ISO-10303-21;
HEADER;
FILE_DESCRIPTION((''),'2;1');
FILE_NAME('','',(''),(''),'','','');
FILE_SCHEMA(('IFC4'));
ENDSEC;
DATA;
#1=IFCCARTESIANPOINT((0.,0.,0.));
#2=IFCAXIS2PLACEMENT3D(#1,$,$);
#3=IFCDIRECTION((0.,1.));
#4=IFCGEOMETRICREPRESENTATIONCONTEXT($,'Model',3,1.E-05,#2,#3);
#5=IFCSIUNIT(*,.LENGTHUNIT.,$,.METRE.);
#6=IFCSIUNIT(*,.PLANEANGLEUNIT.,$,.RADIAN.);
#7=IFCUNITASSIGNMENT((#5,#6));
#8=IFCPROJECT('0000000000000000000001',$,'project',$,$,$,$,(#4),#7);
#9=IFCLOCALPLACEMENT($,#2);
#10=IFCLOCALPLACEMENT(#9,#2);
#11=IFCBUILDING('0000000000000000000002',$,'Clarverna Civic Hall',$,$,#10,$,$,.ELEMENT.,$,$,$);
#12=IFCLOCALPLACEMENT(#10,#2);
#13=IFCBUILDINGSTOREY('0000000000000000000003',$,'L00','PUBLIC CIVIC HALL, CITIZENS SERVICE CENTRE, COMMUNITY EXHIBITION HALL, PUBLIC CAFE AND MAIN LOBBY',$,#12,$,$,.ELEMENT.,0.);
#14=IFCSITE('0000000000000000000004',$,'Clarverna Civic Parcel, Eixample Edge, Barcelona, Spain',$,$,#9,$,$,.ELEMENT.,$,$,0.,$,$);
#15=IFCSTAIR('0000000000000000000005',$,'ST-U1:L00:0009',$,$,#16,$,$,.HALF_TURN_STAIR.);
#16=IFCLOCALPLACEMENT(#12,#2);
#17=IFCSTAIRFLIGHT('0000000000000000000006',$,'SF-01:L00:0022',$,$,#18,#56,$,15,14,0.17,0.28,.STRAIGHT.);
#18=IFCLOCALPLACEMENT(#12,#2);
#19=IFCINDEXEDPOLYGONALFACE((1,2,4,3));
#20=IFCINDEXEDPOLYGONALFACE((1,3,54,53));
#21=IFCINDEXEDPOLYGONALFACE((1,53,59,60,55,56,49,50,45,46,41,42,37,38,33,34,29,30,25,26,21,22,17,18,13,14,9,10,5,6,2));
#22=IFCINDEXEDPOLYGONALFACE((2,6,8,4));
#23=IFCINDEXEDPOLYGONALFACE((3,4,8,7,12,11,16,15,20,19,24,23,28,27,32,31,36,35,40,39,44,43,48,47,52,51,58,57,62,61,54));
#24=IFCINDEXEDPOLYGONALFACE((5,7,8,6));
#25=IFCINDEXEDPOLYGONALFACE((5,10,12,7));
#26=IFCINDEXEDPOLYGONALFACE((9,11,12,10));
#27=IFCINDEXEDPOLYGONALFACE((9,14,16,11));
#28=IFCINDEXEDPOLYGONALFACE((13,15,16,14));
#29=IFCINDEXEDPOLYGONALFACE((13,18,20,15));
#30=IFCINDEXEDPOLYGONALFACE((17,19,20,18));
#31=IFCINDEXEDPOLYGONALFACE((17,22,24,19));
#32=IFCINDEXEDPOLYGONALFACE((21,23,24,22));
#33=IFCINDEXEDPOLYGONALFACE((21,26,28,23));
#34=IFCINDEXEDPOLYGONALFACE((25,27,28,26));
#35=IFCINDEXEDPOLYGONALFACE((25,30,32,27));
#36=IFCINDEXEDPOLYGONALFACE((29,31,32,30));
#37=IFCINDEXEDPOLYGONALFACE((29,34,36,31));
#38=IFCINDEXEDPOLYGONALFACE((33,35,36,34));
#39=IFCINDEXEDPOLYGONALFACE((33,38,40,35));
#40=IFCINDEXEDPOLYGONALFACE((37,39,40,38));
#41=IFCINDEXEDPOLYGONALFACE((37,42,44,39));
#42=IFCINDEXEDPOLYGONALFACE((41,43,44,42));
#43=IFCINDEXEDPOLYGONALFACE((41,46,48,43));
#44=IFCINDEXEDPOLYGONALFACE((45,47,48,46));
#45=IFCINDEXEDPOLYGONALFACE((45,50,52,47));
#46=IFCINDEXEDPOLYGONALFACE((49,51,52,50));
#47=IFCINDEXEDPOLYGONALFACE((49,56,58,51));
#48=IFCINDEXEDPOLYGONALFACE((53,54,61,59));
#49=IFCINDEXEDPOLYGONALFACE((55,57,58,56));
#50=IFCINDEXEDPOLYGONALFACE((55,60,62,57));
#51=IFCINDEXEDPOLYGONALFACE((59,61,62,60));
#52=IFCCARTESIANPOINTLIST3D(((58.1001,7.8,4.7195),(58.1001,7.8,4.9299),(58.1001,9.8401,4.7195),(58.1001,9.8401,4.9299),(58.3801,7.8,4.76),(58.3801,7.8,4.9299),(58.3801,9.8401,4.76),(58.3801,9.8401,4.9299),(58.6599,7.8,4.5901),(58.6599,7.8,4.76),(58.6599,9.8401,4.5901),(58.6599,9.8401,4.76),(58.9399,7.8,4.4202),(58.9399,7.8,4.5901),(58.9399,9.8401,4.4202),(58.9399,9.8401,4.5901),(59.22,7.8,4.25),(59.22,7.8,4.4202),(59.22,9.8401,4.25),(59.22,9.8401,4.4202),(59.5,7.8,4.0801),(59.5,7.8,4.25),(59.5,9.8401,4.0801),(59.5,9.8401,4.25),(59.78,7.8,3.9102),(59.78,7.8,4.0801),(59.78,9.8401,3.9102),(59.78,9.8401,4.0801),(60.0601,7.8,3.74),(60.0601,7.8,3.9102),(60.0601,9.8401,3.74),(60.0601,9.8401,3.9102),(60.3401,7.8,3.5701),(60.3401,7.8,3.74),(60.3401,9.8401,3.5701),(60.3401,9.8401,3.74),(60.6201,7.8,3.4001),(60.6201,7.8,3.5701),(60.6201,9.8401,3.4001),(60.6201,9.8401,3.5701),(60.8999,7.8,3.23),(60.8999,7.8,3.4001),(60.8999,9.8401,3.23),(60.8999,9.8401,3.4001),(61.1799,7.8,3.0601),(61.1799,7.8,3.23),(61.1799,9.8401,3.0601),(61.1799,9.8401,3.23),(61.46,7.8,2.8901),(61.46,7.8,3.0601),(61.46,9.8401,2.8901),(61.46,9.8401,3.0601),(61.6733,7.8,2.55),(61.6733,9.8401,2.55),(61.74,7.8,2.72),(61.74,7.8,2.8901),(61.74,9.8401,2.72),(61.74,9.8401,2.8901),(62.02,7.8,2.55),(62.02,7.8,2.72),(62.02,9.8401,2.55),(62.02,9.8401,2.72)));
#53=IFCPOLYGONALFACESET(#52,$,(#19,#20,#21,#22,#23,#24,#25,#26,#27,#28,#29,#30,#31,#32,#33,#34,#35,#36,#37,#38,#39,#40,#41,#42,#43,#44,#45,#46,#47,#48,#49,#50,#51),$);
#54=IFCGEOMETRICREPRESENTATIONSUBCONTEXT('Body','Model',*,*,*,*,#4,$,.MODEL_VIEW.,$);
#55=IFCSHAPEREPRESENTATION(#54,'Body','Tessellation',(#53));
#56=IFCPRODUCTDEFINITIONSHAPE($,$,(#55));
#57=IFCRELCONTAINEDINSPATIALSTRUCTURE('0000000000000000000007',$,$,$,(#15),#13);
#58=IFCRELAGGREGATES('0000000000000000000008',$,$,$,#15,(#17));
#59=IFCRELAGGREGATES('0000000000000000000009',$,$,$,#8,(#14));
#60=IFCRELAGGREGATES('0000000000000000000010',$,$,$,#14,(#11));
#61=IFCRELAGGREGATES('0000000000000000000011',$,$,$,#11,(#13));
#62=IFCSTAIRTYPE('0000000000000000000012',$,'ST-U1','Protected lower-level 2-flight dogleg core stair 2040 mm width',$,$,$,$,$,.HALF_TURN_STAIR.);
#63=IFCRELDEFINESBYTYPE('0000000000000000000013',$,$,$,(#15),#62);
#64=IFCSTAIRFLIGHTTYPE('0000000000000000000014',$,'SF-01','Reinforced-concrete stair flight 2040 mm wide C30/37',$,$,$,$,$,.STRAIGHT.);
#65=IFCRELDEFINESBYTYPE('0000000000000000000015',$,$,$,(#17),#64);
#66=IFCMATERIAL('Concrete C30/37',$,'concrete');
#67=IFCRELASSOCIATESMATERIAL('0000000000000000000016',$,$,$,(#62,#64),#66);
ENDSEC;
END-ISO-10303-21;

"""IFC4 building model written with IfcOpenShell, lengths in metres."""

from ifc_helpers import new_model, si_unit, direction, frame, origin, place, context, subcontext, project, spatial, polyline, outline, extrude, material, type_object, element, aggregate, save


model = new_model("IFC4")

# Units and contexts
model_context = context("Model", 3, precision=1e-05, world=origin(), true_north=direction((0.0, 1.0)))
body_context = subcontext(model_context, "Body", "Model", "MODEL_VIEW")
ifc_project = project(units=[si_unit("LENGTHUNIT", "METRE"), si_unit("PLANEANGLEUNIT", "RADIAN")], contexts=[model_context])

# Site, building, storey
site_placement = place(None, origin())
site = spatial("IfcSite", under=ifc_project, at=site_placement, Name="Clarverna Civic Parcel, Eixample Edge, Barcelona, Spain", CompositionType="ELEMENT", RefElevation=0.0)
building_placement = place(site_placement, origin())
building = spatial("IfcBuilding", under=site, at=building_placement, Name="Clarverna Civic Hall", CompositionType="ELEMENT")
storey_placement = place(building_placement, origin())
storey = spatial("IfcBuildingStorey", under=building, at=storey_placement, Name="L00", Description="PUBLIC CIVIC HALL, CITIZENS SERVICE CENTRE, COMMUNITY EXHIBITION HALL, PUBLIC CAFE AND MAIN LOBBY", CompositionType="ELEMENT", Elevation=0.0)

# Stair, stair flight
ifc_material_1 = material(Name="Concrete C30/37", Category="concrete")
stair_type = type_object("IfcStairType", Name="ST-U1", Description="Protected lower-level 2-flight dogleg core stair 2040 mm width", PredefinedType="HALF_TURN_STAIR", material=ifc_material_1)
stair_placement = place(storey_placement, origin())
stair = element("IfcStair", 1, at=stair_placement, inside=storey, type_object=stair_type, Name="ST-U1:L00:0009", PredefinedType="HALF_TURN_STAIR")
stair_flight_type = type_object("IfcStairFlightType", Name="SF-01", Description="Reinforced-concrete stair flight 2040 mm wide C30/37", PredefinedType="STRAIGHT", material=ifc_material_1)
stair_flight_placement = place(storey_placement, frame((62.02, 8.8201, 2.55), z_axis=(0.0, 0.0, 1.0), x_axis=(-1.0, 0.0, 0.0)))
stair_flight = element("IfcStairFlight", 2, at=stair_flight_placement, type_object=stair_flight_type, Name="SF-01:L00:0022", NumberOfRisers=15, NumberOfTreads=14, PredefinedType="STRAIGHT", RiserHeight=0.17, TreadLength=0.28, context=body_context, shape_type="SweptSolid", body=[
    extrude(outline(polyline([(0.0, 0.0), (0.0, 0.1699), (0.28, 0.1699), (0.28, 0.3401), (0.5601, 0.3401), (0.5601, 0.51), (0.8401, 0.51), (0.8401, 0.6799), (1.1201, 0.6799), (1.1201, 0.8501), (1.3999, 0.8501), (1.3999, 1.02), (1.6799, 1.02), (1.6799, 1.1899), (1.96, 1.1899), (1.96, 1.3601), (2.24, 1.3601), (2.24, 1.53), (2.52, 1.53), (2.52, 1.7), (2.8, 1.7), (2.8, 1.8701), (3.0801, 1.8701), (3.0801, 2.04), (3.3601, 2.04), (3.3601, 2.21), (3.6399, 2.21), (3.6399, 2.3799), (3.9199, 2.3799), (3.9199, 2.55), (3.9199, 2.1694), (0.3467, 0.0), (0.0, 0.0)])), frame((0.0, 1.02, 0.0), z_axis=(0.0, -1.0, 0.0), x_axis=(1.0, 0.0, 0.0)), (0.0, 0.0, 1.0), 2.04),
])
aggregate(stair, [stair_flight])

save(model, "model.ifc")
